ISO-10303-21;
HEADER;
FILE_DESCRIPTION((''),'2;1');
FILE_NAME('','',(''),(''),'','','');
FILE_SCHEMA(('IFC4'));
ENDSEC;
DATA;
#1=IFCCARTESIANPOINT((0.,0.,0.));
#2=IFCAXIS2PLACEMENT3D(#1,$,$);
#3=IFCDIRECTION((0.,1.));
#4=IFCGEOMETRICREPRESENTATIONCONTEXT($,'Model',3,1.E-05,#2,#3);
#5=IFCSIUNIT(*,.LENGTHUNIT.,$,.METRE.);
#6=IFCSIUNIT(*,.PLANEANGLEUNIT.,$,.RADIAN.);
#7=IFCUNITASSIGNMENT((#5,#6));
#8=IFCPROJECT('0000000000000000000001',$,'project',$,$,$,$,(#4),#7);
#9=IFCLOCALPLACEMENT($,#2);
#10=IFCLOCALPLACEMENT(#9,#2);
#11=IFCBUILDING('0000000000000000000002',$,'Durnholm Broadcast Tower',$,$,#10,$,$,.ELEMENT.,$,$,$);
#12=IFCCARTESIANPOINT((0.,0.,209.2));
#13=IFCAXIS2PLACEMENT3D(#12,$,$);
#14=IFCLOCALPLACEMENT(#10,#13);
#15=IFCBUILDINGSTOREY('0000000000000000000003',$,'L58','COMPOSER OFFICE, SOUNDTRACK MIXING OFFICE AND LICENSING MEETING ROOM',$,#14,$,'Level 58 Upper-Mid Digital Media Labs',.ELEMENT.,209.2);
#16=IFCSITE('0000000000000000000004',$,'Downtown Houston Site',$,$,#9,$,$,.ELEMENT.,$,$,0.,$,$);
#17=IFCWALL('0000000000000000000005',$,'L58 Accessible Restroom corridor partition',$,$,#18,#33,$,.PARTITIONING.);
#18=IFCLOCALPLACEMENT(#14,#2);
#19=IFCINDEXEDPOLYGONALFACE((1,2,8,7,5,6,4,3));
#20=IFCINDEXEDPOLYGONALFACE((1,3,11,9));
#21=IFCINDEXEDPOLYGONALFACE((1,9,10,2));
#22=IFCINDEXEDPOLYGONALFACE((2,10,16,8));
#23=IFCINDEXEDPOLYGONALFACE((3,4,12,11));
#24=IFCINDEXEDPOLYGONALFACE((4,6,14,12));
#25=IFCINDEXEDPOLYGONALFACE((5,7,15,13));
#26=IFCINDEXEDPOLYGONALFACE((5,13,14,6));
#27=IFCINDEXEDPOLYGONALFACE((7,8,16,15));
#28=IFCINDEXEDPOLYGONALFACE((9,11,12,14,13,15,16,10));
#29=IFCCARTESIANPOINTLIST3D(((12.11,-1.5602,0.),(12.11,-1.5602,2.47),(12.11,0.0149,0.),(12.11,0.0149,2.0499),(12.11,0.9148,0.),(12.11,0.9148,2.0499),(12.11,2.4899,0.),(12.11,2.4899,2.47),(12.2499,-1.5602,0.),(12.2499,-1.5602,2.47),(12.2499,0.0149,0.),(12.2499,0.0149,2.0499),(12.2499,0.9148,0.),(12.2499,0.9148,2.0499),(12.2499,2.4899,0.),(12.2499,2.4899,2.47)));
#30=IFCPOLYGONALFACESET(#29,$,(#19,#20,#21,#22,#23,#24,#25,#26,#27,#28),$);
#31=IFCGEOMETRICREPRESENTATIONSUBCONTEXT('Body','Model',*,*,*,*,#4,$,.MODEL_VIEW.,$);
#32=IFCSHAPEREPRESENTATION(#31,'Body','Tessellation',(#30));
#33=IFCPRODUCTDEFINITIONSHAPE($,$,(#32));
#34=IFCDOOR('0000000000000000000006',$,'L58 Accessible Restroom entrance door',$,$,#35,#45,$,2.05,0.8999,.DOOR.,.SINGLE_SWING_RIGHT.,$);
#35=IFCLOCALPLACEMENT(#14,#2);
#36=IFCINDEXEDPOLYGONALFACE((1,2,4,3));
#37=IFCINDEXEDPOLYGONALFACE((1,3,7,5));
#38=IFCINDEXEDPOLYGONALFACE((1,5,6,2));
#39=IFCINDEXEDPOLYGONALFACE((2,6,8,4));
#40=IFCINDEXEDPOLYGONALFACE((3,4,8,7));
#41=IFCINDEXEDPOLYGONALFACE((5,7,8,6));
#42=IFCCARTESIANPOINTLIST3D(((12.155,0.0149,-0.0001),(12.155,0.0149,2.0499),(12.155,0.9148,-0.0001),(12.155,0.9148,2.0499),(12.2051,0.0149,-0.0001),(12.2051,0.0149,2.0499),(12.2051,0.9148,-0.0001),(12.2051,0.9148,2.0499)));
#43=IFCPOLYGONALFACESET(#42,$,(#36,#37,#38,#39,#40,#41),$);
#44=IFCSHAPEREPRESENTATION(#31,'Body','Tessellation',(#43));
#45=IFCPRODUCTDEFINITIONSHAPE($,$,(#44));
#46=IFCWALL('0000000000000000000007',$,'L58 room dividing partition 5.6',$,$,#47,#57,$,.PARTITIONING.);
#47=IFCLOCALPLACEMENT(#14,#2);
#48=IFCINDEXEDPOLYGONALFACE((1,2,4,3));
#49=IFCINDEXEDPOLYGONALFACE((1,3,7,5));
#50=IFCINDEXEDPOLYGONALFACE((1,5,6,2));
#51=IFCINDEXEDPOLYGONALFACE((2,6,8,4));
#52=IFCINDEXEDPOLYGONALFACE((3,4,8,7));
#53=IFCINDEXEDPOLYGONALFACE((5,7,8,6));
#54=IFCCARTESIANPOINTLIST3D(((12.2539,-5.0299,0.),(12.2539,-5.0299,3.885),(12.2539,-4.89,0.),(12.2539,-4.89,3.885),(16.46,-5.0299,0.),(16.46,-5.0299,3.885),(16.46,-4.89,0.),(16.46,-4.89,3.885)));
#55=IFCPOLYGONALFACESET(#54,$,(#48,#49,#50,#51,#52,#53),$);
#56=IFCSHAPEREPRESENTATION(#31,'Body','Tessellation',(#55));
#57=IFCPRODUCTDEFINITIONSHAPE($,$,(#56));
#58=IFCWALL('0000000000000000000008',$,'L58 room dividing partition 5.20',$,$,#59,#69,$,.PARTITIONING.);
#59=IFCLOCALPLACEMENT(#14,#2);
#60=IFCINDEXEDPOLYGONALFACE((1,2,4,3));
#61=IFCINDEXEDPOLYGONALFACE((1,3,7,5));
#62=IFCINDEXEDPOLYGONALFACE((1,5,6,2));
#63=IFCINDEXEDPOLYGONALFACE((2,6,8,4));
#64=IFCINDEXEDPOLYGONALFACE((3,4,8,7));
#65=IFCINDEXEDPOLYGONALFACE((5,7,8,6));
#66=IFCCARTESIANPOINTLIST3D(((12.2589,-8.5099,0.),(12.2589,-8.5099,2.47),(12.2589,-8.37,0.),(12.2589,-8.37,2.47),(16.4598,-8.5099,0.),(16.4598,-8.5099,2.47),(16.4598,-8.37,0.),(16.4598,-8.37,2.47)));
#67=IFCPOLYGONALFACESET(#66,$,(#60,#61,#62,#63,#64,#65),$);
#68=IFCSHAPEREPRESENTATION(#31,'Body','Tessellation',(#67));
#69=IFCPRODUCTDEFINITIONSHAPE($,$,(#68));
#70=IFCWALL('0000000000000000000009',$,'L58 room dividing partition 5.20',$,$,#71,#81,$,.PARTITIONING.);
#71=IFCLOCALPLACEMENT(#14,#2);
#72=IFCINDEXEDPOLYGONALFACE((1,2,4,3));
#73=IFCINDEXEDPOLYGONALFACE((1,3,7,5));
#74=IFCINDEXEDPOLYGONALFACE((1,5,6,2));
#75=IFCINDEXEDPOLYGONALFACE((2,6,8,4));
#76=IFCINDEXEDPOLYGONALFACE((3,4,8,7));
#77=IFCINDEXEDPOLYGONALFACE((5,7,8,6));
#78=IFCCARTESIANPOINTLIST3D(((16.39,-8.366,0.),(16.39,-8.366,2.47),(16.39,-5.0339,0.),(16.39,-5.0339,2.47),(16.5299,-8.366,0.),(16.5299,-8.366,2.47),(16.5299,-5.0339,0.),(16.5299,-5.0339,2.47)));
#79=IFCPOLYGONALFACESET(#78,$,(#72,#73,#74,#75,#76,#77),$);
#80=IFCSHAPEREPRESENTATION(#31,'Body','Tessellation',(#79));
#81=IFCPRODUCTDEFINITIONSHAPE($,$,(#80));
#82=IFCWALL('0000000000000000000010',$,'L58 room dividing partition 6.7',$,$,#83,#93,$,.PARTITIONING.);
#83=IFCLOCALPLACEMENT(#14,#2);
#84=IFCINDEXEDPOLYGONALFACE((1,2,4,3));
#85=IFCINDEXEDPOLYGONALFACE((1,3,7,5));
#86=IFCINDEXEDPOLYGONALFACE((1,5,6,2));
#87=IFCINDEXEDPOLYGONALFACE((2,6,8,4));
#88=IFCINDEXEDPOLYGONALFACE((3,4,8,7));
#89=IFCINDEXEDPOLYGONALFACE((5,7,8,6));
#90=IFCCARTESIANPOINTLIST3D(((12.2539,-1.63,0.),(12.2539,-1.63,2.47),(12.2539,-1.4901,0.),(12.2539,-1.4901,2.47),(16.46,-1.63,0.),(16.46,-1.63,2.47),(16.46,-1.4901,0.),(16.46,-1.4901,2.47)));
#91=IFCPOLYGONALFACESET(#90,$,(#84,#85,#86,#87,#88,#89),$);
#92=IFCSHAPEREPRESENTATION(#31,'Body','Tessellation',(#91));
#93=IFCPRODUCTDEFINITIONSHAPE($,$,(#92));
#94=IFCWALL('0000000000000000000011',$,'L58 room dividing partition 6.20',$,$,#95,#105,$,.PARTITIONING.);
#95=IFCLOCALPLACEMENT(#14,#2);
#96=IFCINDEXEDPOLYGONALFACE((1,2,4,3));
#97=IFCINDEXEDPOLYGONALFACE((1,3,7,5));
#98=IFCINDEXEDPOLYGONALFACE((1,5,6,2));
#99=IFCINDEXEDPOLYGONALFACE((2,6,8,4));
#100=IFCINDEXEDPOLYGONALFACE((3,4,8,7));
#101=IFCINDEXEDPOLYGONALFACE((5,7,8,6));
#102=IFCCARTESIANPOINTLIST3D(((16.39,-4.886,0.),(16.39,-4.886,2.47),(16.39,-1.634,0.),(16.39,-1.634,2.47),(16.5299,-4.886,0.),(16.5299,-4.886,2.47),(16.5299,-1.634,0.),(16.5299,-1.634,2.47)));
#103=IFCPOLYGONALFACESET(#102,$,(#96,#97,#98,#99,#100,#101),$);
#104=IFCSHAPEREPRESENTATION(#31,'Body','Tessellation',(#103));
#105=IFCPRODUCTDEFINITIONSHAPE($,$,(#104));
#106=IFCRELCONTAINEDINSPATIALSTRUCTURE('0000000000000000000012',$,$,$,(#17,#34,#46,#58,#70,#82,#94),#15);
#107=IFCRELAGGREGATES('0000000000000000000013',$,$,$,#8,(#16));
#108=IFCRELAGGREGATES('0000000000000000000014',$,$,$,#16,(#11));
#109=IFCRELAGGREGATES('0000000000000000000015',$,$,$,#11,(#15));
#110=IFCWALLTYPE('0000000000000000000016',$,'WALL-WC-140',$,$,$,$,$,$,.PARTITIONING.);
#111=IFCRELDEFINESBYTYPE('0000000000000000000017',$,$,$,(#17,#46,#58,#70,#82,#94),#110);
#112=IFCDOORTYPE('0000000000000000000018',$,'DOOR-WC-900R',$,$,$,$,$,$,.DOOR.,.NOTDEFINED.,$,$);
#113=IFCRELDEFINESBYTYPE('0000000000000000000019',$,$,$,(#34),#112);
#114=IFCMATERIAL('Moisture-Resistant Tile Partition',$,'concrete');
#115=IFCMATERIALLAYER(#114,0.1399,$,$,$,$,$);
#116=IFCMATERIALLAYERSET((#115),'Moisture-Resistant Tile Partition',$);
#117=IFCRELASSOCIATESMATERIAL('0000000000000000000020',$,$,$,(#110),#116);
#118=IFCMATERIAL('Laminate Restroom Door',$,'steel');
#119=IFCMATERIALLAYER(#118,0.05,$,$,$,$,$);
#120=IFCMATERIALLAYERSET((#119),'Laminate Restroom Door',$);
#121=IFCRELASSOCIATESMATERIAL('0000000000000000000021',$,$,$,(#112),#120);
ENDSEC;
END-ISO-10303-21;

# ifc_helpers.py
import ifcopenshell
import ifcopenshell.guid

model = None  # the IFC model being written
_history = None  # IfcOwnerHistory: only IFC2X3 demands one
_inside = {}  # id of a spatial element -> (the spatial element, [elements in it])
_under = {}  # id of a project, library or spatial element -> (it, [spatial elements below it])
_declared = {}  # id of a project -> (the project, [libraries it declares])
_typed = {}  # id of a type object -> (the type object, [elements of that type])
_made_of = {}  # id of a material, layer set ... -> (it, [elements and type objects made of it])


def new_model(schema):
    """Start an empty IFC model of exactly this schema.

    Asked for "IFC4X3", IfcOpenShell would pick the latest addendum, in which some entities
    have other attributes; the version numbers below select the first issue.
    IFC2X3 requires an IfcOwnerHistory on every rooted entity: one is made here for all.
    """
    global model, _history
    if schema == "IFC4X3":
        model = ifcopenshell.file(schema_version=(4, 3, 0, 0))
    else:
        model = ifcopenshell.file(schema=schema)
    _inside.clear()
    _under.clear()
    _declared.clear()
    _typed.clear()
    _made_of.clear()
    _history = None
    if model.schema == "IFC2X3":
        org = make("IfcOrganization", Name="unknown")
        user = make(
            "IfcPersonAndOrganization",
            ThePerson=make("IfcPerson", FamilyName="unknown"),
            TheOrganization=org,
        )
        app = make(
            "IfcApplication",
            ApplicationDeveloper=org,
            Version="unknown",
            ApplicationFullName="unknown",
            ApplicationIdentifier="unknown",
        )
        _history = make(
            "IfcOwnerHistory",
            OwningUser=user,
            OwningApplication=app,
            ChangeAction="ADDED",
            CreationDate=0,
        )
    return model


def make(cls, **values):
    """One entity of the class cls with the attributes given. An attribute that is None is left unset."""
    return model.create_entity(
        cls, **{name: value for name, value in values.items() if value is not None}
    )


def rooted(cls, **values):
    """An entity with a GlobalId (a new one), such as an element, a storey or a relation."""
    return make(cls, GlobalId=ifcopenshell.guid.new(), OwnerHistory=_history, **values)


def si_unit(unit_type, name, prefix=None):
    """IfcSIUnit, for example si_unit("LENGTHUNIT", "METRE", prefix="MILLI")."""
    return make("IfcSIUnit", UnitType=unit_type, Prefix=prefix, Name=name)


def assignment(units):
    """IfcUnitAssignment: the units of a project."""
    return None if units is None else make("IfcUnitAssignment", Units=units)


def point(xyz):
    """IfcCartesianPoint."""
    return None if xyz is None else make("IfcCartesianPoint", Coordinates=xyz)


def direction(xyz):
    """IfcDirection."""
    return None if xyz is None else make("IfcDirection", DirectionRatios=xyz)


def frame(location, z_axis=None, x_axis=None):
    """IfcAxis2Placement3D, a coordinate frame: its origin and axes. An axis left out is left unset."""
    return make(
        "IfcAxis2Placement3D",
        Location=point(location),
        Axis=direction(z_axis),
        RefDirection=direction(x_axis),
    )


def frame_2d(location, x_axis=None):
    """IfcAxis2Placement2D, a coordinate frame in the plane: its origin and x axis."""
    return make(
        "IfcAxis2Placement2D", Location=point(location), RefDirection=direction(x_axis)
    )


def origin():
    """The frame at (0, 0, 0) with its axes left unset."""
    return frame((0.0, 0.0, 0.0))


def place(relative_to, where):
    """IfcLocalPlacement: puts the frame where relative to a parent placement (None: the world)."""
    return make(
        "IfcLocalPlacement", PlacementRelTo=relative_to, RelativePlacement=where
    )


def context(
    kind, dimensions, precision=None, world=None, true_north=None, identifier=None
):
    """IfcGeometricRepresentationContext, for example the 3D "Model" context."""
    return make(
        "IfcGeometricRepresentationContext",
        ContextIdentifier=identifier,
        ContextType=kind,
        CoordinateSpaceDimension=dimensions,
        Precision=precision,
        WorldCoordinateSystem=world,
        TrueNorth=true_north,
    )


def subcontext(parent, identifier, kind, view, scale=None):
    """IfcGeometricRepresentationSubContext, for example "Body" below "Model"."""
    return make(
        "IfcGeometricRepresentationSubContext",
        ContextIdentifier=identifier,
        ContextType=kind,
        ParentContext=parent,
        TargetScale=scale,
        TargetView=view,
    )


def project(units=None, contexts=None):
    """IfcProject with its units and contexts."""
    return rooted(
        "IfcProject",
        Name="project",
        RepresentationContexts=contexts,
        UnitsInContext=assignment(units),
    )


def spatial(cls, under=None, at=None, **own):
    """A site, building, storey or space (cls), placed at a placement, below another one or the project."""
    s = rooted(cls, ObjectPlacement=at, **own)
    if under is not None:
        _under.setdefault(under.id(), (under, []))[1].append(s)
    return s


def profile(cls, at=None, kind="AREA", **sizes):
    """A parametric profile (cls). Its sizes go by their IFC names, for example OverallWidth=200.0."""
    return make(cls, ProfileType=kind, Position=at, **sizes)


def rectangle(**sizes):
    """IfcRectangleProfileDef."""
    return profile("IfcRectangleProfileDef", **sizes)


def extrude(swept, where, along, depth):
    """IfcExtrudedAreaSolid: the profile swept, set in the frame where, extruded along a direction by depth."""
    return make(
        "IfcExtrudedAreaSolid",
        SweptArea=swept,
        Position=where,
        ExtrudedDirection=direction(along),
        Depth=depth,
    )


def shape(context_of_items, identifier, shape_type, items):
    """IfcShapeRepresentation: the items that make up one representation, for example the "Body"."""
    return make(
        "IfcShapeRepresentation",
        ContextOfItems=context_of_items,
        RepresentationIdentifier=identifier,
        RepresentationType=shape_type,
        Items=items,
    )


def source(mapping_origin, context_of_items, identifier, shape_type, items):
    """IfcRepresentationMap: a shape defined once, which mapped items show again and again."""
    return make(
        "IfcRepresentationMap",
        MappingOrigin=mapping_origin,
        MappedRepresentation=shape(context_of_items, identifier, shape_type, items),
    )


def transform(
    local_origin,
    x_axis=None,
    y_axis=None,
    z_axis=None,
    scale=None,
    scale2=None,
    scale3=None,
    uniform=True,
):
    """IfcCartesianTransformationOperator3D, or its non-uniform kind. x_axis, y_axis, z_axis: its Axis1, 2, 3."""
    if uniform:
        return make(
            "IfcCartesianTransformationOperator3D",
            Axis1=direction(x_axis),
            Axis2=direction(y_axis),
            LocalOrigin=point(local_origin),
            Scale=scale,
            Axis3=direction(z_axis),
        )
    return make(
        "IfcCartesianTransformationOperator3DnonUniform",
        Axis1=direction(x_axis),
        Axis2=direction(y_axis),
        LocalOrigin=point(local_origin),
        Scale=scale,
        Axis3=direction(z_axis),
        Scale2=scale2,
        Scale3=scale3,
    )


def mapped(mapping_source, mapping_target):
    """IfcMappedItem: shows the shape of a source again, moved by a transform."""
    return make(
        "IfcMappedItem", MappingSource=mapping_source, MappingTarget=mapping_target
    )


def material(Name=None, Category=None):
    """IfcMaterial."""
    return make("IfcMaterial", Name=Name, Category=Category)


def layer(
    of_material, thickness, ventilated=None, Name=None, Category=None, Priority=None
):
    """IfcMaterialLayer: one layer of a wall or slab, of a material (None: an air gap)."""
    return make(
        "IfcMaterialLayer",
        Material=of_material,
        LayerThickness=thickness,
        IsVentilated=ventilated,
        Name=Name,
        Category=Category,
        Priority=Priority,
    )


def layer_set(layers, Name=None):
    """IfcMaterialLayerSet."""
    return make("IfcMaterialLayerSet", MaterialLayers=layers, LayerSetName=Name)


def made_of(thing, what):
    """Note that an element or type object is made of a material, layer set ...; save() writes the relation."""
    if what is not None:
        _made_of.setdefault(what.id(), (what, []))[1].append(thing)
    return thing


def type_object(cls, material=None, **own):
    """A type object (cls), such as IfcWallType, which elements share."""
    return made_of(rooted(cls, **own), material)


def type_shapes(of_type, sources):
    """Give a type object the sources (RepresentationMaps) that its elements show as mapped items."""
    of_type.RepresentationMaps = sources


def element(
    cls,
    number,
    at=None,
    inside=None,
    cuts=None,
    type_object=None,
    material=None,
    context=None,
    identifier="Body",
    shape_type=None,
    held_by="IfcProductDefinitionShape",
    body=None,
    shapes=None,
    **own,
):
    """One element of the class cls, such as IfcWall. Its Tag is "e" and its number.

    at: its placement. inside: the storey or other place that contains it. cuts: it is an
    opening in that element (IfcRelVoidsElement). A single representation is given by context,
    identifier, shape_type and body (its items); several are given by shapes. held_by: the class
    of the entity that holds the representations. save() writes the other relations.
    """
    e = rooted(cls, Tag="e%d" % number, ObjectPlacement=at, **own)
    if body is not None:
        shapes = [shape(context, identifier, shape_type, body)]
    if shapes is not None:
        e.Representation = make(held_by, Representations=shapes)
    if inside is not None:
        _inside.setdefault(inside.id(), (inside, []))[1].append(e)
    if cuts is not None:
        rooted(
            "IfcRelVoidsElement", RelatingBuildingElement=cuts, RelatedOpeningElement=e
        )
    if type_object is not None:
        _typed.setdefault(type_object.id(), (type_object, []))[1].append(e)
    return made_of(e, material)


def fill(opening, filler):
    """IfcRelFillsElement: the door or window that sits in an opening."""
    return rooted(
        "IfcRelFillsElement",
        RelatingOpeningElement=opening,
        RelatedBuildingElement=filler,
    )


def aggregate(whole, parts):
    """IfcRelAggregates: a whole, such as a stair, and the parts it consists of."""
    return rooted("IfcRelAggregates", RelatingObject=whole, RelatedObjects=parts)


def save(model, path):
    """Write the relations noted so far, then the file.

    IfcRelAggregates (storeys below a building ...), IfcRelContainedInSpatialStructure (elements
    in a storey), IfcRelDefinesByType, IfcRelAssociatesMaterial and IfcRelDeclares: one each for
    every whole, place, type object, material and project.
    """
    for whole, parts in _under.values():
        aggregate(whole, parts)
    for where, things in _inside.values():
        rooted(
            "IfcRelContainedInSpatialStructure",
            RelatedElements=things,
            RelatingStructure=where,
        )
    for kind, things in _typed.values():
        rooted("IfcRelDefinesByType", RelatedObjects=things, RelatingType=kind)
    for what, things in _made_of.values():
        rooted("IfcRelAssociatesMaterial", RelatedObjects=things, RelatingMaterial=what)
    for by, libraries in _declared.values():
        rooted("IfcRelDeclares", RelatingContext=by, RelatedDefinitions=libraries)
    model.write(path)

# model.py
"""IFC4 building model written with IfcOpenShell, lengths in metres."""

from ifc_helpers import new_model, si_unit, direction, frame, frame_2d, origin, place, context, subcontext, project, spatial, rectangle, extrude, source, transform, mapped, material, layer, layer_set, type_object, type_shapes, element, fill, save


model = new_model("IFC4")

# Units and contexts
model_context = context("Model", 3, precision=1e-05, world=origin(), true_north=direction((0.0, 1.0)))
body_context = subcontext(model_context, "Body", "Model", "MODEL_VIEW")
ifc_project = project(units=[si_unit("LENGTHUNIT", "METRE"), si_unit("PLANEANGLEUNIT", "RADIAN")], contexts=[model_context])

# Site, building, storey
site_placement = place(None, origin())
site = spatial("IfcSite", under=ifc_project, at=site_placement, Name="Downtown Houston Site", CompositionType="ELEMENT", RefElevation=0.0)
building_placement = place(site_placement, origin())
building = spatial("IfcBuilding", under=site, at=building_placement, Name="Durnholm Broadcast Tower", CompositionType="ELEMENT")
storey_placement = place(building_placement, frame((0.0, 0.0, 209.2)))
storey = spatial("IfcBuildingStorey", under=building, at=storey_placement, Name="L58", Description="COMPOSER OFFICE, SOUNDTRACK MIXING OFFICE AND LICENSING MEETING ROOM", LongName="Level 58 Upper-Mid Digital Media Labs", CompositionType="ELEMENT", Elevation=209.2)

# Wall, opening, door
ifc_material_1 = material(Name="Moisture-Resistant Tile Partition", Category="concrete")
ifc_layer_1 = layer(ifc_material_1, 0.1399)
ifc_layer_set_1 = layer_set([ifc_layer_1], Name="Moisture-Resistant Tile Partition")
wall_type_1 = type_object("IfcWallType", Name="WALL-WC-140", PredefinedType="PARTITIONING", material=ifc_layer_set_1)
ifc_material_2 = material(Name="Laminate Restroom Door", Category="steel")
ifc_layer_2 = layer(ifc_material_2, 0.05)
ifc_layer_set_2 = layer_set([ifc_layer_2], Name="Laminate Restroom Door")
door_type_1 = type_object("IfcDoorType", Name="DOOR-WC-900R", OperationType="NOTDEFINED", PredefinedType="DOOR", material=ifc_layer_set_2)
shared_shape_1 = source(origin(), body_context, "Body", "SweptSolid", [
    extrude(rectangle(XDim=0.8999, YDim=2.05, at=frame_2d((0.45, 1.0249))), frame((0.0, 0.0249, 0.0), z_axis=(0.0, -1.0, 0.0), x_axis=(1.0, 0.0, 0.0)), (0.0, 0.0, 1.0), 0.05),
])
type_shapes(door_type_1, [shared_shape_1])
wall_1_placement = place(storey_placement, frame((12.1799, -1.5601, 0.0), z_axis=(0.0, 0.0, 1.0), x_axis=(0.0, 1.0, 0.0)))
wall_1 = element("IfcWall", 1, at=wall_1_placement, inside=storey, type_object=wall_type_1, Name="L58 Accessible Restroom corridor partition", PredefinedType="PARTITIONING", context=body_context, shape_type="SweptSolid", body=[
    extrude(rectangle(XDim=4.05, YDim=0.1399, at=frame_2d((2.0249, 0.0))), origin(), (0.0, 0.0, 1.0), 2.47),
])
opening_1_placement = place(wall_1_placement, frame((1.575, 0.0, 0.0)))
opening_1 = element("IfcOpeningElement", 2, at=opening_1_placement, cuts=wall_1, PredefinedType="OPENING", context=body_context, shape_type="SweptSolid", body=[
    extrude(rectangle(XDim=0.8999, YDim=2.05, at=frame_2d((0.45, 1.0249))), frame((0.0, 0.0801, 0.0), z_axis=(0.0, -1.0, 0.0), x_axis=(1.0, 0.0, 0.0)), (0.0, 0.0, 1.0), 0.1599),
])
door_1_placement = place(opening_1_placement, origin())
door_1 = element("IfcDoor", 3, at=door_1_placement, inside=storey, type_object=door_type_1, Name="L58 Accessible Restroom entrance door", OperationType="SINGLE_SWING_RIGHT", OverallHeight=2.05, OverallWidth=0.8999, PredefinedType="DOOR", context=body_context, shape_type="MappedRepresentation", body=[
    mapped(shared_shape_1, transform((0.0, 0.0, 0.0), x_axis=(1.0, 0.0, 0.0), y_axis=(0.0, 1.0, 0.0), z_axis=(0.0, 0.0, 1.0), scale=1.0)),
])
fill(opening_1, door_1)

# Walls
wall_2_placement = place(storey_placement, frame((12.2539, -4.96, 0.0), z_axis=(0.0, 0.0, 1.0), x_axis=(1.0, 0.0, 0.0)))
element("IfcWall", 4, at=wall_2_placement, inside=storey, type_object=wall_type_1, Name="L58 room dividing partition 5.6", PredefinedType="PARTITIONING", context=body_context, shape_type="SweptSolid", body=[
    extrude(rectangle(XDim=4.2061, YDim=0.1399, at=frame_2d((2.103, 0.0))), origin(), (0.0, 0.0, 1.0), 3.885),
])
wall_3_placement = place(storey_placement, frame((16.46, -8.4399, 0.0), z_axis=(0.0, 0.0, 1.0), x_axis=(-1.0, 0.0, 0.0)))
element("IfcWall", 5, at=wall_3_placement, inside=storey, type_object=wall_type_1, Name="L58 room dividing partition 5.20", PredefinedType="PARTITIONING", context=body_context, shape_type="SweptSolid", body=[
    extrude(rectangle(XDim=4.2009, YDim=0.1399, at=frame_2d((2.1006, 0.0))), origin(), (0.0, 0.0, 1.0), 2.47),
])
wall_4_placement = place(storey_placement, frame((16.46, -5.0339, 0.0), z_axis=(0.0, 0.0, 1.0), x_axis=(0.0, -1.0, 0.0)))
element("IfcWall", 6, at=wall_4_placement, inside=storey, type_object=wall_type_1, Name="L58 room dividing partition 5.20", PredefinedType="PARTITIONING", context=body_context, shape_type="SweptSolid", body=[
    extrude(rectangle(XDim=3.332, YDim=0.1399, at=frame_2d((1.666, 0.0))), origin(), (0.0, 0.0, 1.0), 2.47),
])
wall_5_placement = place(storey_placement, frame((12.2539, -1.5601, 0.0), z_axis=(0.0, 0.0, 1.0), x_axis=(1.0, 0.0, 0.0)))
element("IfcWall", 7, at=wall_5_placement, inside=storey, type_object=wall_type_1, Name="L58 room dividing partition 6.7", PredefinedType="PARTITIONING", context=body_context, shape_type="SweptSolid", body=[
    extrude(rectangle(XDim=4.2061, YDim=0.1399, at=frame_2d((2.103, 0.0))), origin(), (0.0, 0.0, 1.0), 2.47),
])
wall_6_placement = place(storey_placement, frame((16.46, -1.634, 0.0), z_axis=(0.0, 0.0, 1.0), x_axis=(0.0, -1.0, 0.0)))
element("IfcWall", 8, at=wall_6_placement, inside=storey, type_object=wall_type_1, Name="L58 room dividing partition 6.20", PredefinedType="PARTITIONING", context=body_context, shape_type="SweptSolid", body=[
    extrude(rectangle(XDim=3.252, YDim=0.1399, at=frame_2d((1.626, 0.0))), origin(), (0.0, 0.0, 1.0), 2.47),
])

save(model, "model.ifc")
